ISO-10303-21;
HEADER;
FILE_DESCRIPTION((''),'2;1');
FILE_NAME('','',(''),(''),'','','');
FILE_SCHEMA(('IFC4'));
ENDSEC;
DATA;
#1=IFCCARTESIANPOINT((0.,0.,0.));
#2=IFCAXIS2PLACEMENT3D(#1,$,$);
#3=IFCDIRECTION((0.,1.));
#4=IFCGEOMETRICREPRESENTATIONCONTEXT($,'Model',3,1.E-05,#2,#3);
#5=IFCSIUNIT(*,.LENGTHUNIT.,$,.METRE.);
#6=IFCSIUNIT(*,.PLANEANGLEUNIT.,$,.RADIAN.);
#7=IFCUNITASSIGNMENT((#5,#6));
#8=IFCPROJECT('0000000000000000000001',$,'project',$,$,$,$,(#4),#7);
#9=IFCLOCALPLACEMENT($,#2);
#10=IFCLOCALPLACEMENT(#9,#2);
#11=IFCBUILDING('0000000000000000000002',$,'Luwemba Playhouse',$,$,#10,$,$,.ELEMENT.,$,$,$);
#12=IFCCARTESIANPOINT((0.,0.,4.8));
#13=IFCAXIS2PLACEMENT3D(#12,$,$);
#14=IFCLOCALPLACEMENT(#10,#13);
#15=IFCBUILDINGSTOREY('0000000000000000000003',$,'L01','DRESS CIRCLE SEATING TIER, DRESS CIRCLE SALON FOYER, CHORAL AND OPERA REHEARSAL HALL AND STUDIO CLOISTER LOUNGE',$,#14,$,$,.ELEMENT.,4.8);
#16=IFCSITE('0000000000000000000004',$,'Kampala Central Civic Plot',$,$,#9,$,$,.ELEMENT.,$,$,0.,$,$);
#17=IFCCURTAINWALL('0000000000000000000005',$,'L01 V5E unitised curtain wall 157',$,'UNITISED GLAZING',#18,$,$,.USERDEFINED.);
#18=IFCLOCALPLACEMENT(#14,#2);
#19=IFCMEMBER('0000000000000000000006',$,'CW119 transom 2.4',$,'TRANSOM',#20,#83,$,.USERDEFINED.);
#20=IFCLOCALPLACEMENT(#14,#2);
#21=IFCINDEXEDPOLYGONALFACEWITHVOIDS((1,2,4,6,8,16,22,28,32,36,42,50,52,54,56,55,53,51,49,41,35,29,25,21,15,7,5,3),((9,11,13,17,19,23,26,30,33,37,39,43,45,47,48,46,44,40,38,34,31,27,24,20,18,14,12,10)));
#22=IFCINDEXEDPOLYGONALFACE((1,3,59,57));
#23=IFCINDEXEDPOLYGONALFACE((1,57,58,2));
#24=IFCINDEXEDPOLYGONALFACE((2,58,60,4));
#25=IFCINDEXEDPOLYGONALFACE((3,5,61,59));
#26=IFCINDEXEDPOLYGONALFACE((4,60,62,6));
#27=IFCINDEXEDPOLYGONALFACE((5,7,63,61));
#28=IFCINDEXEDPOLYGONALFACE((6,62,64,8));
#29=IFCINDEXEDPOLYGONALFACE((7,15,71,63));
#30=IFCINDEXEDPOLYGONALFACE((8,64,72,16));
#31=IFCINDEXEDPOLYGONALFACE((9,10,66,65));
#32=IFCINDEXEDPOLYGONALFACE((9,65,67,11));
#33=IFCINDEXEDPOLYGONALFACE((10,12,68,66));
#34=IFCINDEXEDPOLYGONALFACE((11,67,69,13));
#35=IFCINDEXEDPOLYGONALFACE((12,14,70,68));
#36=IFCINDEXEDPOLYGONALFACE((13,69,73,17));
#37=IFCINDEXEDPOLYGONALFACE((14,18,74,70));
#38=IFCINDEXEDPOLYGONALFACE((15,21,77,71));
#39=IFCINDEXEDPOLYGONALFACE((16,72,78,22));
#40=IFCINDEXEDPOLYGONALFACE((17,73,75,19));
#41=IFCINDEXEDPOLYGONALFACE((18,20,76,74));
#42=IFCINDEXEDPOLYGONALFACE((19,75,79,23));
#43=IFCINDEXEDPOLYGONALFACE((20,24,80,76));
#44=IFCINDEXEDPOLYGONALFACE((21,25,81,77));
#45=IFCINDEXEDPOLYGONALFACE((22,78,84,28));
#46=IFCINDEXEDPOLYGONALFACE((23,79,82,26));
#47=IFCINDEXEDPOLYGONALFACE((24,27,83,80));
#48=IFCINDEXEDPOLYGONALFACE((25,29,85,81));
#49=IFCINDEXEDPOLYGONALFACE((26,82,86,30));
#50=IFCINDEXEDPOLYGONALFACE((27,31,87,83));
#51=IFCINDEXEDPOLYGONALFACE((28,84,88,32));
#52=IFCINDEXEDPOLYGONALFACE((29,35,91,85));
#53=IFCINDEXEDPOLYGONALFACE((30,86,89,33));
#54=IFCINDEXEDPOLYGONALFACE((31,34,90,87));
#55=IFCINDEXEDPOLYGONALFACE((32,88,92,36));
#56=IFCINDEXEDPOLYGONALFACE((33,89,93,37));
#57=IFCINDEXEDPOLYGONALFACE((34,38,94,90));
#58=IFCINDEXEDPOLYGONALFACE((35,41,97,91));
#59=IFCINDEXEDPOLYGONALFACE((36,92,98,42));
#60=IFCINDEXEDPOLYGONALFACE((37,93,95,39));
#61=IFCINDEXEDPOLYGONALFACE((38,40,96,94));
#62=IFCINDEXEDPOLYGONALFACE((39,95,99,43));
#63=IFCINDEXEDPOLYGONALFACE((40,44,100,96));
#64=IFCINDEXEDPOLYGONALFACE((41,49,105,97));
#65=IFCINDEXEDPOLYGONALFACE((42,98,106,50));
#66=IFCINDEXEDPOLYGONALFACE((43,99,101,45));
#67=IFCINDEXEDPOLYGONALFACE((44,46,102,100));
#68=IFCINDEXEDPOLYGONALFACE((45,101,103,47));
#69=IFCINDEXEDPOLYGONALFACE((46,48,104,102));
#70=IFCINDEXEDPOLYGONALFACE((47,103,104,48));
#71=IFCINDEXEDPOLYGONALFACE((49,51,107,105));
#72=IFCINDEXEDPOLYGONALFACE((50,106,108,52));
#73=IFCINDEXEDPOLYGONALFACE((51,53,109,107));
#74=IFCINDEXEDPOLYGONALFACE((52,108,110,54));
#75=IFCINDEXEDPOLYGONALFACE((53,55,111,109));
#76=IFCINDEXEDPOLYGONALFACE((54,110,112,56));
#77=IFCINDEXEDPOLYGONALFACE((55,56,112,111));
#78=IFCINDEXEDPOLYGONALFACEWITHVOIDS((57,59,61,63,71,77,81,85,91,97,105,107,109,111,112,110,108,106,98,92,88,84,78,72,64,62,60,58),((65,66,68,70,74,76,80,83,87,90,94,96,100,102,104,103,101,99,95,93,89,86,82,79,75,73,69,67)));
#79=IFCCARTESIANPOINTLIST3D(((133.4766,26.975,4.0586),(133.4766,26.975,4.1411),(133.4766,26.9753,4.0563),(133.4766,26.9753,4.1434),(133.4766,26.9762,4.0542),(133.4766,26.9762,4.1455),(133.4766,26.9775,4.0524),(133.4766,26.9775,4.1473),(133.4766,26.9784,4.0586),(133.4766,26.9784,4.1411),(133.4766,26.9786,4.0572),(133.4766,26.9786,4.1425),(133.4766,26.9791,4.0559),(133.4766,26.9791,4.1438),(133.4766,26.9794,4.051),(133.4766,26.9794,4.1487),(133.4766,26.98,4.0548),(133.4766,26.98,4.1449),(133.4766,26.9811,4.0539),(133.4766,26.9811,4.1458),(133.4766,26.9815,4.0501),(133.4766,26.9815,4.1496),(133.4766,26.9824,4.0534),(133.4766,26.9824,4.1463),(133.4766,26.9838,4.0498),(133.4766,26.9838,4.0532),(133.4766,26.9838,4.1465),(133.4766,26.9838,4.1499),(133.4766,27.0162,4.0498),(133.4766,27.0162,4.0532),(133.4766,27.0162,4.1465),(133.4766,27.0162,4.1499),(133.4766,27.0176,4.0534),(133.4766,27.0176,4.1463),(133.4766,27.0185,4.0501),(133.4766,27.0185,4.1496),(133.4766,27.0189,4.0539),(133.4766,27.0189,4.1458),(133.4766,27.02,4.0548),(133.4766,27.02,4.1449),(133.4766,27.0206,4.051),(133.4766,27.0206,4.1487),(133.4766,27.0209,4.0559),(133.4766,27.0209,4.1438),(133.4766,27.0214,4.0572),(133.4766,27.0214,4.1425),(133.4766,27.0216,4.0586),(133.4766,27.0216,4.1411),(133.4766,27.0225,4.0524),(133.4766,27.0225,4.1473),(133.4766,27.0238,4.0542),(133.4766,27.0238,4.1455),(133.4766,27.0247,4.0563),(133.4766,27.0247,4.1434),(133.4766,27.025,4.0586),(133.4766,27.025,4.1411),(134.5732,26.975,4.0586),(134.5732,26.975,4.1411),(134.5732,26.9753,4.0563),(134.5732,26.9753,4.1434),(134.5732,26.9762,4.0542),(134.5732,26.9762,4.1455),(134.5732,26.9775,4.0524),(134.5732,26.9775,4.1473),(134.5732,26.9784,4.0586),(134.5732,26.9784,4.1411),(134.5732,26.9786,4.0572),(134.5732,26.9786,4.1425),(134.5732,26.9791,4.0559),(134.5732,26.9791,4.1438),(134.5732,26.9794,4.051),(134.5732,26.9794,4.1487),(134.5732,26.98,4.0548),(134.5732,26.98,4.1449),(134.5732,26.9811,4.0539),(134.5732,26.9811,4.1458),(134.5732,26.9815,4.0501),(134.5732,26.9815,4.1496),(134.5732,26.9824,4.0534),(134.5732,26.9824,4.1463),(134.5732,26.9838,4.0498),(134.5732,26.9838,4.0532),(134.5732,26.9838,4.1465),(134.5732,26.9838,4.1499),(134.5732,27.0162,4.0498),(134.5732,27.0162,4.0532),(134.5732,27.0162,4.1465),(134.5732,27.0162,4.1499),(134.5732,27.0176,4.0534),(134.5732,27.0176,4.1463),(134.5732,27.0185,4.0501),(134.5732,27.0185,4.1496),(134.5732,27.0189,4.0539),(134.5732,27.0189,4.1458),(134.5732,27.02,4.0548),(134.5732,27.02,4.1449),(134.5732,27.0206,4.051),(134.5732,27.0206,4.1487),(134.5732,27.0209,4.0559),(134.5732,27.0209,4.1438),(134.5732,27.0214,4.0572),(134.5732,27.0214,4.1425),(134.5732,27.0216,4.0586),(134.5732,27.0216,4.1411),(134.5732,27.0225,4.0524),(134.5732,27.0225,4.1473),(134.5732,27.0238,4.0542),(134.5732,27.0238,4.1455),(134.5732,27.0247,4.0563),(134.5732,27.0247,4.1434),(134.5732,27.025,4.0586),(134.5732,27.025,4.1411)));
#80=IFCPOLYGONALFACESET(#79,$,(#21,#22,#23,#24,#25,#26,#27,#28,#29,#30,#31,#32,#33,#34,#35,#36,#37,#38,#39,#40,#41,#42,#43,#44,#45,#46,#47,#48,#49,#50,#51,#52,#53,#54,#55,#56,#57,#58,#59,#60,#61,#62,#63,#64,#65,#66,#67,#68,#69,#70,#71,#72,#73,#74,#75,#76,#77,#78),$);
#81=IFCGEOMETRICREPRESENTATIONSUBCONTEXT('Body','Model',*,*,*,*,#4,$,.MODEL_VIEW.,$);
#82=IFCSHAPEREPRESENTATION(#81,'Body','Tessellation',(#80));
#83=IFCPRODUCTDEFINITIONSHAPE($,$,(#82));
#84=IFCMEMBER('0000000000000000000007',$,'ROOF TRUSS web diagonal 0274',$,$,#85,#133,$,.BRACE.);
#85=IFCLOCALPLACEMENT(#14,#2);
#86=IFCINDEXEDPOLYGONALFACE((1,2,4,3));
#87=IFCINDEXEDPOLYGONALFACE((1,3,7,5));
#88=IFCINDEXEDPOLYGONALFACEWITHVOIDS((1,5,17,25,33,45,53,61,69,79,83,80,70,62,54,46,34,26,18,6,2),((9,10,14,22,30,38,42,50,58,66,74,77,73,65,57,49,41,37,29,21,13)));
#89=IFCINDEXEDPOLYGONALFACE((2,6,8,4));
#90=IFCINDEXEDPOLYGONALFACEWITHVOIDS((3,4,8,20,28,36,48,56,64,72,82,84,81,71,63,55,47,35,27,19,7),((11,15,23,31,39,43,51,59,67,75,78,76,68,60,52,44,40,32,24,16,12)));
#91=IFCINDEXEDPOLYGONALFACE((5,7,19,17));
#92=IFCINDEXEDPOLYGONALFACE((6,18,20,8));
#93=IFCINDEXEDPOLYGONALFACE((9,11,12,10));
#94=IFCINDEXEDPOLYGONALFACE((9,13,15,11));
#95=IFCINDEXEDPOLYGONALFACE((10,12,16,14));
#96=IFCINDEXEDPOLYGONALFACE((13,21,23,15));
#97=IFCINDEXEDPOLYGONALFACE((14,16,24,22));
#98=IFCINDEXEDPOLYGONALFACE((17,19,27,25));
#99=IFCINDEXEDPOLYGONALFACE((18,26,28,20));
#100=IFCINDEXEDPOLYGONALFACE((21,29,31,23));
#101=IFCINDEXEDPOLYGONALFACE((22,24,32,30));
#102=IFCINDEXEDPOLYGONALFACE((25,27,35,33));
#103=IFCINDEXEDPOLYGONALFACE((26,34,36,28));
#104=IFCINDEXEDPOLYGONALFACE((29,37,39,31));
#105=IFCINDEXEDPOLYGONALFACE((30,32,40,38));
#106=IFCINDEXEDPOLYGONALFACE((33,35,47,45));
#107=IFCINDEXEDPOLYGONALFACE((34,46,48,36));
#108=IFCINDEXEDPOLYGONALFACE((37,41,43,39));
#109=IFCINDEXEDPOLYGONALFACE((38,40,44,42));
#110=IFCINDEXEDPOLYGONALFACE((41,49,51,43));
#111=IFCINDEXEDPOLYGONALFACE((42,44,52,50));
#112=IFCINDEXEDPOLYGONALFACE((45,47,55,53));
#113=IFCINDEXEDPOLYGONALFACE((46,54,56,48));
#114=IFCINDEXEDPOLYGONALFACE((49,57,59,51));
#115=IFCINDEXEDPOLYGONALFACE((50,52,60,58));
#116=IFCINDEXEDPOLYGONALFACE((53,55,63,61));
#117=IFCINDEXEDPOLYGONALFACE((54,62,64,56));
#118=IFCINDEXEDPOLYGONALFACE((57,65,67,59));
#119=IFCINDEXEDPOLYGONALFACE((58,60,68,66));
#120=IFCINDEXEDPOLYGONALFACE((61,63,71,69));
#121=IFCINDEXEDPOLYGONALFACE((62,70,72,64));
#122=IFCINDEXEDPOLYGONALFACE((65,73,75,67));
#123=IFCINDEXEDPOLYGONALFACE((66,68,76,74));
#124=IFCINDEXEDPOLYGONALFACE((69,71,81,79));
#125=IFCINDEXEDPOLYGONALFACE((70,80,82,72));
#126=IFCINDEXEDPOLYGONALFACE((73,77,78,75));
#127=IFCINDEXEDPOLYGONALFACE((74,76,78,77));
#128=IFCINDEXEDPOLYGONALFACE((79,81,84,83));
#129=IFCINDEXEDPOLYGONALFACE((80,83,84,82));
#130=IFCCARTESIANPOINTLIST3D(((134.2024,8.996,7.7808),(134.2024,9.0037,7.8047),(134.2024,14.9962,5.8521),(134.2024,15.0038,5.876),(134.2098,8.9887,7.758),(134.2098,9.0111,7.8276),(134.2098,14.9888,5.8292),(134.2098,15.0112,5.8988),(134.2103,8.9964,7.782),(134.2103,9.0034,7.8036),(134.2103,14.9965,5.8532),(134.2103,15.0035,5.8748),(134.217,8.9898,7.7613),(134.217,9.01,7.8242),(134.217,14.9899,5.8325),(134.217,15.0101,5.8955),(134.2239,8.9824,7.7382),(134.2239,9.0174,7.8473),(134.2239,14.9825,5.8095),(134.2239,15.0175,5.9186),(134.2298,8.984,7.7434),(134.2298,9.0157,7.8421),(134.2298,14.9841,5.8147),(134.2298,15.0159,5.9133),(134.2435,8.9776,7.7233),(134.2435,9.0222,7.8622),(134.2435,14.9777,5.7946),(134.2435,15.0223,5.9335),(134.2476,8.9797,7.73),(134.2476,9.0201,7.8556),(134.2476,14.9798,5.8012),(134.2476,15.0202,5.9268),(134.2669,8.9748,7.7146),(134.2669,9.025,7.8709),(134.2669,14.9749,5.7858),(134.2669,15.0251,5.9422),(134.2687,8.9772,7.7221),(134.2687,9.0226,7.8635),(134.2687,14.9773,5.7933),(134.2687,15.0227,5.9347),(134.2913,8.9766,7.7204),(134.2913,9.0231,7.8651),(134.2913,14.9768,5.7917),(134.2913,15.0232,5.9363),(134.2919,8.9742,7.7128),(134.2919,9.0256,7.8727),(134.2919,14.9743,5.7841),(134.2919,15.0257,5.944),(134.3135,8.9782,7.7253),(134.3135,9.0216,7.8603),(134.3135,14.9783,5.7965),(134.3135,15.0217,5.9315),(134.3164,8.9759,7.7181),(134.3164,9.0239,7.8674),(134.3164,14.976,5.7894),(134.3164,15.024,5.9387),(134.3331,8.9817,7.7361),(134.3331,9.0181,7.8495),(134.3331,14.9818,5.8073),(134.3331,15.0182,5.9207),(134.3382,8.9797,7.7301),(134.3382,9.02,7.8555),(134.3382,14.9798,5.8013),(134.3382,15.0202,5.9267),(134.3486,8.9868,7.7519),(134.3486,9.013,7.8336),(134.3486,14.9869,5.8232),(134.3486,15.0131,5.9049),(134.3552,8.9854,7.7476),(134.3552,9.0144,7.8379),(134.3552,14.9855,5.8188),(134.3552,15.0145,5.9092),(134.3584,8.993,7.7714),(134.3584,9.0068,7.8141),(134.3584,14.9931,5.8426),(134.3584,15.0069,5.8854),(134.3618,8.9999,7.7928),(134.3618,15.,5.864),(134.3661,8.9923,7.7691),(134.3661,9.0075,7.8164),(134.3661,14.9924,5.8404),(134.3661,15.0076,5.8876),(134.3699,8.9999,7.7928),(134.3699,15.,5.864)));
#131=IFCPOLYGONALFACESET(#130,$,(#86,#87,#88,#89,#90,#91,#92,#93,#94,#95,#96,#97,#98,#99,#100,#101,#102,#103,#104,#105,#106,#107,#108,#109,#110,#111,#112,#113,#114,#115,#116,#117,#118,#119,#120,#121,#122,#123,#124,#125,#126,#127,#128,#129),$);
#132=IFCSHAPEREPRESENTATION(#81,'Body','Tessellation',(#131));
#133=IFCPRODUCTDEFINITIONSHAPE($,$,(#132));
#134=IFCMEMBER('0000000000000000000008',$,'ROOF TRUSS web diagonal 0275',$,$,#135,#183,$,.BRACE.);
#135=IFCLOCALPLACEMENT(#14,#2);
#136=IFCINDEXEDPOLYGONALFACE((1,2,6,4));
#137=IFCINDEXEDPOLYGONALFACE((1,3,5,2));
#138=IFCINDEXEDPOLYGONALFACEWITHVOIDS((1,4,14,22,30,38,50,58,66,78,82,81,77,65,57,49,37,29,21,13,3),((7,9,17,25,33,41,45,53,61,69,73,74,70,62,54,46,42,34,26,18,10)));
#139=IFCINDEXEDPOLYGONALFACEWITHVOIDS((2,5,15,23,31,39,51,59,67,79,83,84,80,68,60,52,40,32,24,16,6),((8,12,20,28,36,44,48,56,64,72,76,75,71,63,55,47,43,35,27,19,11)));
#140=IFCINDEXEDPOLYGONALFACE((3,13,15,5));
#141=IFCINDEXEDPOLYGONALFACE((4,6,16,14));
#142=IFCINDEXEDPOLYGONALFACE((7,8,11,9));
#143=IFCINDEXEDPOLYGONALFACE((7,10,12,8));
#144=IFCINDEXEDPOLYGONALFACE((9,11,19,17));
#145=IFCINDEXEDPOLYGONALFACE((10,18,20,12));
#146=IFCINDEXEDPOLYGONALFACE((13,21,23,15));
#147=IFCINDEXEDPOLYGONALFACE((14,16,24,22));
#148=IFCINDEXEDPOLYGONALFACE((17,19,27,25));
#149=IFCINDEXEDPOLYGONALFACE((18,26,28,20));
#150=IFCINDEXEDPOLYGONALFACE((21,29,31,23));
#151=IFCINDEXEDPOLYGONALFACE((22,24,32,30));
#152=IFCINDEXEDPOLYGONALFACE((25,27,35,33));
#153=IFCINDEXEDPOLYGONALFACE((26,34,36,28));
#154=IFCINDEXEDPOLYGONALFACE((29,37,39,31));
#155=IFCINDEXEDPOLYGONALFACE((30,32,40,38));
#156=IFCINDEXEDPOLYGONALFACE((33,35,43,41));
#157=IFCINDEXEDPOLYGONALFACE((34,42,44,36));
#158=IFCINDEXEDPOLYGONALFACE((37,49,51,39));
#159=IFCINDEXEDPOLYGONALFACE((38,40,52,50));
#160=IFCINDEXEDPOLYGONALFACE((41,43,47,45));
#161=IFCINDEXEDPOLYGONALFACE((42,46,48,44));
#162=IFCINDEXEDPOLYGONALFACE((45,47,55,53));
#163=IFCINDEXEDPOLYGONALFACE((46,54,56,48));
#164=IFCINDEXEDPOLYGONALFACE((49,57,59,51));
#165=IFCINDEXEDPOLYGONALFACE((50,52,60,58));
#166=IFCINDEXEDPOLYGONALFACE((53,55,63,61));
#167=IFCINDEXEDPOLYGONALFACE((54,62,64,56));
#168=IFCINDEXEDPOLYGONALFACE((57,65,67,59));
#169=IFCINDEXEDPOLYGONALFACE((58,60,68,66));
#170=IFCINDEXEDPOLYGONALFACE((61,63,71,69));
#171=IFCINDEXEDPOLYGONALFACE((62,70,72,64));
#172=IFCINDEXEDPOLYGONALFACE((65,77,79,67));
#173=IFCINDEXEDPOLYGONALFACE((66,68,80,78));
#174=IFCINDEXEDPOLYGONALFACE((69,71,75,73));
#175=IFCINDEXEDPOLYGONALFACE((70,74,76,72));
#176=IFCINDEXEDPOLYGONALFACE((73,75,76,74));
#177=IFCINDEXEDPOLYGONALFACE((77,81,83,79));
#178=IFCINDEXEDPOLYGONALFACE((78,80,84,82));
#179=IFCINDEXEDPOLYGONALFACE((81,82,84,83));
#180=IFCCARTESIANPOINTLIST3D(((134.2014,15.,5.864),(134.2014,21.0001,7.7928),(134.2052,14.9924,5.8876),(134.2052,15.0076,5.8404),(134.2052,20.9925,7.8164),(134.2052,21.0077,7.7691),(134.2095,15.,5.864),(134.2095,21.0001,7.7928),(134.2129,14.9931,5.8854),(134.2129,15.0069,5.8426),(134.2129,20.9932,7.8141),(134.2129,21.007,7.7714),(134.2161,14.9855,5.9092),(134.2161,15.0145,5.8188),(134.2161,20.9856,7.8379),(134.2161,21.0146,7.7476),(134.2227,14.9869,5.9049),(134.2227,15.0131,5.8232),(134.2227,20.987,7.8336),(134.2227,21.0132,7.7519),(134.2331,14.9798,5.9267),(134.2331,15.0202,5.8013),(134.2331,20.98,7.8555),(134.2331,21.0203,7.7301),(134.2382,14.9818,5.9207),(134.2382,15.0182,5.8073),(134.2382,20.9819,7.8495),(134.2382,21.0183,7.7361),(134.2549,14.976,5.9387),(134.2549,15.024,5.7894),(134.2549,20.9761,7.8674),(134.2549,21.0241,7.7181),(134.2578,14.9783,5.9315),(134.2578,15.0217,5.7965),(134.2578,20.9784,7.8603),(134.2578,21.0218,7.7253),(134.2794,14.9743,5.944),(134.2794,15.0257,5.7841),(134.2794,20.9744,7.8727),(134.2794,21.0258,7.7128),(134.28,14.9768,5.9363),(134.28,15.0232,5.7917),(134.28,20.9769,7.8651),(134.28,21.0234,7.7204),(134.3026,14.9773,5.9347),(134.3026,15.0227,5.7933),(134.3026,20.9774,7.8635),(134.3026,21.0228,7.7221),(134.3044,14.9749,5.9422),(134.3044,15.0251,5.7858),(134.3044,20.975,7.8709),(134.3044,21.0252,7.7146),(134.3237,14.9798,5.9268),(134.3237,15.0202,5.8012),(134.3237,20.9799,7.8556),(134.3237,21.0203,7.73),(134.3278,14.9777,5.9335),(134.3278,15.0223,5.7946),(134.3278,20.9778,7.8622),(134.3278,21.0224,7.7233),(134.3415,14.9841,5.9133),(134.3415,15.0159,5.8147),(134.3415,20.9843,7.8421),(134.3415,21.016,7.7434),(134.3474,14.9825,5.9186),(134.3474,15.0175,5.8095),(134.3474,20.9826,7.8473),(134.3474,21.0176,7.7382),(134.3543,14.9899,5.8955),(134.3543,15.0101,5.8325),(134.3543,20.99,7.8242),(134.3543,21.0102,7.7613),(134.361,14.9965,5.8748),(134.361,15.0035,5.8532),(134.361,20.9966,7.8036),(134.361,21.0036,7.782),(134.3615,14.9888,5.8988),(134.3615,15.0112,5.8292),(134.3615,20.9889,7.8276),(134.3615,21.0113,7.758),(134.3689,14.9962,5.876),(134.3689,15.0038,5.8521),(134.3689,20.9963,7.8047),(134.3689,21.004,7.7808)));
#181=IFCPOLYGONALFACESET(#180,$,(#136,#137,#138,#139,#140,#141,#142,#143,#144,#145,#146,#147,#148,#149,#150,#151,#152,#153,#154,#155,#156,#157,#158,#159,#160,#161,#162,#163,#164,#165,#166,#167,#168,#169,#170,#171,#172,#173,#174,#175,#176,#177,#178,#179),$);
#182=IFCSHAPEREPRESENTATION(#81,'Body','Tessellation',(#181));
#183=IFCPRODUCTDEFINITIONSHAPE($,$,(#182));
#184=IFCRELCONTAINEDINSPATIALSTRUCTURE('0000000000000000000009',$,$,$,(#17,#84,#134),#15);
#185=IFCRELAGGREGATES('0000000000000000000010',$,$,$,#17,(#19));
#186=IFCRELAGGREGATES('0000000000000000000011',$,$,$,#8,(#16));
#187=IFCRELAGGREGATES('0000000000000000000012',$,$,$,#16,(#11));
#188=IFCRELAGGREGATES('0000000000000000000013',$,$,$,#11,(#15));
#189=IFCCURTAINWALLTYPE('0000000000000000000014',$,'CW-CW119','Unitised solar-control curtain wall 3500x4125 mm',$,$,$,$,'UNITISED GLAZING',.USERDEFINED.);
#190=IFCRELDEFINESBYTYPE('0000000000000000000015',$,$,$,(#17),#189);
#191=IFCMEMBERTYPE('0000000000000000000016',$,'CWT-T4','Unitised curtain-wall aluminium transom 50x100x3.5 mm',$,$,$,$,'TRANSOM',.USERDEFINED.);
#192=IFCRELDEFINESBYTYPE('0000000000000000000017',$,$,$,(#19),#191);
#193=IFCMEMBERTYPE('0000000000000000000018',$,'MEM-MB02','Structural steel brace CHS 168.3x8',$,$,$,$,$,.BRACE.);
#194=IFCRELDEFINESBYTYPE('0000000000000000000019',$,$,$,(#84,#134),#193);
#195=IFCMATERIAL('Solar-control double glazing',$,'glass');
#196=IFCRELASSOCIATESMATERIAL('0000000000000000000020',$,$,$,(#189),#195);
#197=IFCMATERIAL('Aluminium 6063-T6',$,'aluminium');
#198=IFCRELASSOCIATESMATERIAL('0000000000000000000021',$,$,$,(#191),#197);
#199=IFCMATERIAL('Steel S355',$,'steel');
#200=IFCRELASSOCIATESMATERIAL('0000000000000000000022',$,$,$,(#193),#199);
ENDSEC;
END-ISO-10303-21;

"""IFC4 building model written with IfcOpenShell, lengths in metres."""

from ifc_helpers import new_model, si_unit, direction, frame, origin, origin_2d, place, context, subcontext, project, spatial, hollow_rectangle, hollow_circle, extrude, material, material_profile, profile_set, type_object, element, aggregate, save


model = new_model("IFC4")

# Units and contexts
model_context = context("Model", 3, precision=1e-05, world=origin(), true_north=direction((0.0, 1.0)))
body_context = subcontext(model_context, "Body", "Model", "MODEL_VIEW")
ifc_project = project(units=[si_unit("LENGTHUNIT", "METRE"), si_unit("PLANEANGLEUNIT", "RADIAN")], contexts=[model_context])

# Site, building, storey
site_placement = place(None, origin())
site = spatial("IfcSite", under=ifc_project, at=site_placement, Name="Kampala Central Civic Plot", CompositionType="ELEMENT", RefElevation=0.0)
building_placement = place(site_placement, origin())
building = spatial("IfcBuilding", under=site, at=building_placement, Name="Luwemba Playhouse", CompositionType="ELEMENT")
storey_placement = place(building_placement, frame((0.0, 0.0, 4.8)))
storey = spatial("IfcBuildingStorey", under=building, at=storey_placement, Name="L01", Description="DRESS CIRCLE SEATING TIER, DRESS CIRCLE SALON FOYER, CHORAL AND OPERA REHEARSAL HALL AND STUDIO CLOISTER LOUNGE", CompositionType="ELEMENT", Elevation=4.8)

# Shared definitions
ifc_material_1 = material(Name="Steel S355", Category="steel")

# Curtain wall, member
ifc_material_2 = material(Name="Solar-control double glazing", Category="glass")
curtain_wall_type = type_object("IfcCurtainWallType", Name="CW-CW119", Description="Unitised solar-control curtain wall 3500x4125 mm", ElementType="UNITISED GLAZING", PredefinedType="USERDEFINED", material=ifc_material_2)
curtain_wall_placement = place(storey_placement, origin())
curtain_wall = element("IfcCurtainWall", 1, at=curtain_wall_placement, inside=storey, type_object=curtain_wall_type, Name="L01 V5E unitised curtain wall 157", ObjectType="UNITISED GLAZING", PredefinedType="USERDEFINED")
ifc_material_3 = material(Name="Aluminium 6063-T6", Category="aluminium")
ifc_material_profile_1 = material_profile(ifc_material_3, hollow_rectangle(XDim=0.05, YDim=0.1001, WallThickness=0.0034, InnerFilletRadius=0.0054, OuterFilletRadius=0.0088, at=origin_2d()))
ifc_profile_set_1 = profile_set([ifc_material_profile_1], Name="Aluminium 6063-T6")
member_type_1 = type_object("IfcMemberType", Name="CWT-T4", Description="Unitised curtain-wall aluminium transom 50x100x3.5 mm", ElementType="TRANSOM", PredefinedType="USERDEFINED", material=ifc_profile_set_1)
member_1_placement = place(storey_placement, frame((133.4766, 27.0, 4.0999), z_axis=(1.0, 0.0, 0.0), x_axis=(0.0, 1.0, 0.0)))
member_1 = element("IfcMember", 2, at=member_1_placement, type_object=member_type_1, Name="CW119 transom 2.4", ObjectType="TRANSOM", PredefinedType="USERDEFINED", context=body_context, shape_type="SweptSolid", body=[
    extrude(hollow_rectangle(XDim=0.05, YDim=0.1001, WallThickness=0.0034, InnerFilletRadius=0.0054, OuterFilletRadius=0.0088, at=origin_2d()), origin(), (0.0, 0.0, 1.0), 1.0967),
])

# Members
ifc_material_profile_2 = material_profile(ifc_material_1, hollow_circle(Radius=0.0842, WallThickness=0.0081, at=origin_2d()))
ifc_profile_set_2 = profile_set([ifc_material_profile_2], Name="Steel S355")
member_type_2 = type_object("IfcMemberType", Name="MEM-MB02", Description="Structural steel brace CHS 168.3x8", PredefinedType="BRACE", material=ifc_profile_set_2)
for number, where, z_axis, x_axis, name in (
    (3, (134.2856, 15.0, 5.864), (0.0, -0.952022, 0.306029), (1.0, 0.0, 0.0), "ROOF TRUSS web diagonal 0274"),
    (4, (134.2856, 15.0, 5.864), (0.0, 0.952022, 0.306029), (-1.0, 0.0, 0.0), "ROOF TRUSS web diagonal 0275"),
):
    element("IfcMember", number, at=place(storey_placement, frame(where, z_axis=z_axis, x_axis=x_axis)), inside=storey, type_object=member_type_2, Name=name, PredefinedType="BRACE", context=body_context, shape_type="SweptSolid", body=[
        extrude(hollow_circle(Radius=0.0842, WallThickness=0.0081, at=origin_2d()), origin(), (0.0, 0.0, 1.0), 6.3025),
    ])

aggregate(curtain_wall, [member_1])

save(model, "model.ifc")
